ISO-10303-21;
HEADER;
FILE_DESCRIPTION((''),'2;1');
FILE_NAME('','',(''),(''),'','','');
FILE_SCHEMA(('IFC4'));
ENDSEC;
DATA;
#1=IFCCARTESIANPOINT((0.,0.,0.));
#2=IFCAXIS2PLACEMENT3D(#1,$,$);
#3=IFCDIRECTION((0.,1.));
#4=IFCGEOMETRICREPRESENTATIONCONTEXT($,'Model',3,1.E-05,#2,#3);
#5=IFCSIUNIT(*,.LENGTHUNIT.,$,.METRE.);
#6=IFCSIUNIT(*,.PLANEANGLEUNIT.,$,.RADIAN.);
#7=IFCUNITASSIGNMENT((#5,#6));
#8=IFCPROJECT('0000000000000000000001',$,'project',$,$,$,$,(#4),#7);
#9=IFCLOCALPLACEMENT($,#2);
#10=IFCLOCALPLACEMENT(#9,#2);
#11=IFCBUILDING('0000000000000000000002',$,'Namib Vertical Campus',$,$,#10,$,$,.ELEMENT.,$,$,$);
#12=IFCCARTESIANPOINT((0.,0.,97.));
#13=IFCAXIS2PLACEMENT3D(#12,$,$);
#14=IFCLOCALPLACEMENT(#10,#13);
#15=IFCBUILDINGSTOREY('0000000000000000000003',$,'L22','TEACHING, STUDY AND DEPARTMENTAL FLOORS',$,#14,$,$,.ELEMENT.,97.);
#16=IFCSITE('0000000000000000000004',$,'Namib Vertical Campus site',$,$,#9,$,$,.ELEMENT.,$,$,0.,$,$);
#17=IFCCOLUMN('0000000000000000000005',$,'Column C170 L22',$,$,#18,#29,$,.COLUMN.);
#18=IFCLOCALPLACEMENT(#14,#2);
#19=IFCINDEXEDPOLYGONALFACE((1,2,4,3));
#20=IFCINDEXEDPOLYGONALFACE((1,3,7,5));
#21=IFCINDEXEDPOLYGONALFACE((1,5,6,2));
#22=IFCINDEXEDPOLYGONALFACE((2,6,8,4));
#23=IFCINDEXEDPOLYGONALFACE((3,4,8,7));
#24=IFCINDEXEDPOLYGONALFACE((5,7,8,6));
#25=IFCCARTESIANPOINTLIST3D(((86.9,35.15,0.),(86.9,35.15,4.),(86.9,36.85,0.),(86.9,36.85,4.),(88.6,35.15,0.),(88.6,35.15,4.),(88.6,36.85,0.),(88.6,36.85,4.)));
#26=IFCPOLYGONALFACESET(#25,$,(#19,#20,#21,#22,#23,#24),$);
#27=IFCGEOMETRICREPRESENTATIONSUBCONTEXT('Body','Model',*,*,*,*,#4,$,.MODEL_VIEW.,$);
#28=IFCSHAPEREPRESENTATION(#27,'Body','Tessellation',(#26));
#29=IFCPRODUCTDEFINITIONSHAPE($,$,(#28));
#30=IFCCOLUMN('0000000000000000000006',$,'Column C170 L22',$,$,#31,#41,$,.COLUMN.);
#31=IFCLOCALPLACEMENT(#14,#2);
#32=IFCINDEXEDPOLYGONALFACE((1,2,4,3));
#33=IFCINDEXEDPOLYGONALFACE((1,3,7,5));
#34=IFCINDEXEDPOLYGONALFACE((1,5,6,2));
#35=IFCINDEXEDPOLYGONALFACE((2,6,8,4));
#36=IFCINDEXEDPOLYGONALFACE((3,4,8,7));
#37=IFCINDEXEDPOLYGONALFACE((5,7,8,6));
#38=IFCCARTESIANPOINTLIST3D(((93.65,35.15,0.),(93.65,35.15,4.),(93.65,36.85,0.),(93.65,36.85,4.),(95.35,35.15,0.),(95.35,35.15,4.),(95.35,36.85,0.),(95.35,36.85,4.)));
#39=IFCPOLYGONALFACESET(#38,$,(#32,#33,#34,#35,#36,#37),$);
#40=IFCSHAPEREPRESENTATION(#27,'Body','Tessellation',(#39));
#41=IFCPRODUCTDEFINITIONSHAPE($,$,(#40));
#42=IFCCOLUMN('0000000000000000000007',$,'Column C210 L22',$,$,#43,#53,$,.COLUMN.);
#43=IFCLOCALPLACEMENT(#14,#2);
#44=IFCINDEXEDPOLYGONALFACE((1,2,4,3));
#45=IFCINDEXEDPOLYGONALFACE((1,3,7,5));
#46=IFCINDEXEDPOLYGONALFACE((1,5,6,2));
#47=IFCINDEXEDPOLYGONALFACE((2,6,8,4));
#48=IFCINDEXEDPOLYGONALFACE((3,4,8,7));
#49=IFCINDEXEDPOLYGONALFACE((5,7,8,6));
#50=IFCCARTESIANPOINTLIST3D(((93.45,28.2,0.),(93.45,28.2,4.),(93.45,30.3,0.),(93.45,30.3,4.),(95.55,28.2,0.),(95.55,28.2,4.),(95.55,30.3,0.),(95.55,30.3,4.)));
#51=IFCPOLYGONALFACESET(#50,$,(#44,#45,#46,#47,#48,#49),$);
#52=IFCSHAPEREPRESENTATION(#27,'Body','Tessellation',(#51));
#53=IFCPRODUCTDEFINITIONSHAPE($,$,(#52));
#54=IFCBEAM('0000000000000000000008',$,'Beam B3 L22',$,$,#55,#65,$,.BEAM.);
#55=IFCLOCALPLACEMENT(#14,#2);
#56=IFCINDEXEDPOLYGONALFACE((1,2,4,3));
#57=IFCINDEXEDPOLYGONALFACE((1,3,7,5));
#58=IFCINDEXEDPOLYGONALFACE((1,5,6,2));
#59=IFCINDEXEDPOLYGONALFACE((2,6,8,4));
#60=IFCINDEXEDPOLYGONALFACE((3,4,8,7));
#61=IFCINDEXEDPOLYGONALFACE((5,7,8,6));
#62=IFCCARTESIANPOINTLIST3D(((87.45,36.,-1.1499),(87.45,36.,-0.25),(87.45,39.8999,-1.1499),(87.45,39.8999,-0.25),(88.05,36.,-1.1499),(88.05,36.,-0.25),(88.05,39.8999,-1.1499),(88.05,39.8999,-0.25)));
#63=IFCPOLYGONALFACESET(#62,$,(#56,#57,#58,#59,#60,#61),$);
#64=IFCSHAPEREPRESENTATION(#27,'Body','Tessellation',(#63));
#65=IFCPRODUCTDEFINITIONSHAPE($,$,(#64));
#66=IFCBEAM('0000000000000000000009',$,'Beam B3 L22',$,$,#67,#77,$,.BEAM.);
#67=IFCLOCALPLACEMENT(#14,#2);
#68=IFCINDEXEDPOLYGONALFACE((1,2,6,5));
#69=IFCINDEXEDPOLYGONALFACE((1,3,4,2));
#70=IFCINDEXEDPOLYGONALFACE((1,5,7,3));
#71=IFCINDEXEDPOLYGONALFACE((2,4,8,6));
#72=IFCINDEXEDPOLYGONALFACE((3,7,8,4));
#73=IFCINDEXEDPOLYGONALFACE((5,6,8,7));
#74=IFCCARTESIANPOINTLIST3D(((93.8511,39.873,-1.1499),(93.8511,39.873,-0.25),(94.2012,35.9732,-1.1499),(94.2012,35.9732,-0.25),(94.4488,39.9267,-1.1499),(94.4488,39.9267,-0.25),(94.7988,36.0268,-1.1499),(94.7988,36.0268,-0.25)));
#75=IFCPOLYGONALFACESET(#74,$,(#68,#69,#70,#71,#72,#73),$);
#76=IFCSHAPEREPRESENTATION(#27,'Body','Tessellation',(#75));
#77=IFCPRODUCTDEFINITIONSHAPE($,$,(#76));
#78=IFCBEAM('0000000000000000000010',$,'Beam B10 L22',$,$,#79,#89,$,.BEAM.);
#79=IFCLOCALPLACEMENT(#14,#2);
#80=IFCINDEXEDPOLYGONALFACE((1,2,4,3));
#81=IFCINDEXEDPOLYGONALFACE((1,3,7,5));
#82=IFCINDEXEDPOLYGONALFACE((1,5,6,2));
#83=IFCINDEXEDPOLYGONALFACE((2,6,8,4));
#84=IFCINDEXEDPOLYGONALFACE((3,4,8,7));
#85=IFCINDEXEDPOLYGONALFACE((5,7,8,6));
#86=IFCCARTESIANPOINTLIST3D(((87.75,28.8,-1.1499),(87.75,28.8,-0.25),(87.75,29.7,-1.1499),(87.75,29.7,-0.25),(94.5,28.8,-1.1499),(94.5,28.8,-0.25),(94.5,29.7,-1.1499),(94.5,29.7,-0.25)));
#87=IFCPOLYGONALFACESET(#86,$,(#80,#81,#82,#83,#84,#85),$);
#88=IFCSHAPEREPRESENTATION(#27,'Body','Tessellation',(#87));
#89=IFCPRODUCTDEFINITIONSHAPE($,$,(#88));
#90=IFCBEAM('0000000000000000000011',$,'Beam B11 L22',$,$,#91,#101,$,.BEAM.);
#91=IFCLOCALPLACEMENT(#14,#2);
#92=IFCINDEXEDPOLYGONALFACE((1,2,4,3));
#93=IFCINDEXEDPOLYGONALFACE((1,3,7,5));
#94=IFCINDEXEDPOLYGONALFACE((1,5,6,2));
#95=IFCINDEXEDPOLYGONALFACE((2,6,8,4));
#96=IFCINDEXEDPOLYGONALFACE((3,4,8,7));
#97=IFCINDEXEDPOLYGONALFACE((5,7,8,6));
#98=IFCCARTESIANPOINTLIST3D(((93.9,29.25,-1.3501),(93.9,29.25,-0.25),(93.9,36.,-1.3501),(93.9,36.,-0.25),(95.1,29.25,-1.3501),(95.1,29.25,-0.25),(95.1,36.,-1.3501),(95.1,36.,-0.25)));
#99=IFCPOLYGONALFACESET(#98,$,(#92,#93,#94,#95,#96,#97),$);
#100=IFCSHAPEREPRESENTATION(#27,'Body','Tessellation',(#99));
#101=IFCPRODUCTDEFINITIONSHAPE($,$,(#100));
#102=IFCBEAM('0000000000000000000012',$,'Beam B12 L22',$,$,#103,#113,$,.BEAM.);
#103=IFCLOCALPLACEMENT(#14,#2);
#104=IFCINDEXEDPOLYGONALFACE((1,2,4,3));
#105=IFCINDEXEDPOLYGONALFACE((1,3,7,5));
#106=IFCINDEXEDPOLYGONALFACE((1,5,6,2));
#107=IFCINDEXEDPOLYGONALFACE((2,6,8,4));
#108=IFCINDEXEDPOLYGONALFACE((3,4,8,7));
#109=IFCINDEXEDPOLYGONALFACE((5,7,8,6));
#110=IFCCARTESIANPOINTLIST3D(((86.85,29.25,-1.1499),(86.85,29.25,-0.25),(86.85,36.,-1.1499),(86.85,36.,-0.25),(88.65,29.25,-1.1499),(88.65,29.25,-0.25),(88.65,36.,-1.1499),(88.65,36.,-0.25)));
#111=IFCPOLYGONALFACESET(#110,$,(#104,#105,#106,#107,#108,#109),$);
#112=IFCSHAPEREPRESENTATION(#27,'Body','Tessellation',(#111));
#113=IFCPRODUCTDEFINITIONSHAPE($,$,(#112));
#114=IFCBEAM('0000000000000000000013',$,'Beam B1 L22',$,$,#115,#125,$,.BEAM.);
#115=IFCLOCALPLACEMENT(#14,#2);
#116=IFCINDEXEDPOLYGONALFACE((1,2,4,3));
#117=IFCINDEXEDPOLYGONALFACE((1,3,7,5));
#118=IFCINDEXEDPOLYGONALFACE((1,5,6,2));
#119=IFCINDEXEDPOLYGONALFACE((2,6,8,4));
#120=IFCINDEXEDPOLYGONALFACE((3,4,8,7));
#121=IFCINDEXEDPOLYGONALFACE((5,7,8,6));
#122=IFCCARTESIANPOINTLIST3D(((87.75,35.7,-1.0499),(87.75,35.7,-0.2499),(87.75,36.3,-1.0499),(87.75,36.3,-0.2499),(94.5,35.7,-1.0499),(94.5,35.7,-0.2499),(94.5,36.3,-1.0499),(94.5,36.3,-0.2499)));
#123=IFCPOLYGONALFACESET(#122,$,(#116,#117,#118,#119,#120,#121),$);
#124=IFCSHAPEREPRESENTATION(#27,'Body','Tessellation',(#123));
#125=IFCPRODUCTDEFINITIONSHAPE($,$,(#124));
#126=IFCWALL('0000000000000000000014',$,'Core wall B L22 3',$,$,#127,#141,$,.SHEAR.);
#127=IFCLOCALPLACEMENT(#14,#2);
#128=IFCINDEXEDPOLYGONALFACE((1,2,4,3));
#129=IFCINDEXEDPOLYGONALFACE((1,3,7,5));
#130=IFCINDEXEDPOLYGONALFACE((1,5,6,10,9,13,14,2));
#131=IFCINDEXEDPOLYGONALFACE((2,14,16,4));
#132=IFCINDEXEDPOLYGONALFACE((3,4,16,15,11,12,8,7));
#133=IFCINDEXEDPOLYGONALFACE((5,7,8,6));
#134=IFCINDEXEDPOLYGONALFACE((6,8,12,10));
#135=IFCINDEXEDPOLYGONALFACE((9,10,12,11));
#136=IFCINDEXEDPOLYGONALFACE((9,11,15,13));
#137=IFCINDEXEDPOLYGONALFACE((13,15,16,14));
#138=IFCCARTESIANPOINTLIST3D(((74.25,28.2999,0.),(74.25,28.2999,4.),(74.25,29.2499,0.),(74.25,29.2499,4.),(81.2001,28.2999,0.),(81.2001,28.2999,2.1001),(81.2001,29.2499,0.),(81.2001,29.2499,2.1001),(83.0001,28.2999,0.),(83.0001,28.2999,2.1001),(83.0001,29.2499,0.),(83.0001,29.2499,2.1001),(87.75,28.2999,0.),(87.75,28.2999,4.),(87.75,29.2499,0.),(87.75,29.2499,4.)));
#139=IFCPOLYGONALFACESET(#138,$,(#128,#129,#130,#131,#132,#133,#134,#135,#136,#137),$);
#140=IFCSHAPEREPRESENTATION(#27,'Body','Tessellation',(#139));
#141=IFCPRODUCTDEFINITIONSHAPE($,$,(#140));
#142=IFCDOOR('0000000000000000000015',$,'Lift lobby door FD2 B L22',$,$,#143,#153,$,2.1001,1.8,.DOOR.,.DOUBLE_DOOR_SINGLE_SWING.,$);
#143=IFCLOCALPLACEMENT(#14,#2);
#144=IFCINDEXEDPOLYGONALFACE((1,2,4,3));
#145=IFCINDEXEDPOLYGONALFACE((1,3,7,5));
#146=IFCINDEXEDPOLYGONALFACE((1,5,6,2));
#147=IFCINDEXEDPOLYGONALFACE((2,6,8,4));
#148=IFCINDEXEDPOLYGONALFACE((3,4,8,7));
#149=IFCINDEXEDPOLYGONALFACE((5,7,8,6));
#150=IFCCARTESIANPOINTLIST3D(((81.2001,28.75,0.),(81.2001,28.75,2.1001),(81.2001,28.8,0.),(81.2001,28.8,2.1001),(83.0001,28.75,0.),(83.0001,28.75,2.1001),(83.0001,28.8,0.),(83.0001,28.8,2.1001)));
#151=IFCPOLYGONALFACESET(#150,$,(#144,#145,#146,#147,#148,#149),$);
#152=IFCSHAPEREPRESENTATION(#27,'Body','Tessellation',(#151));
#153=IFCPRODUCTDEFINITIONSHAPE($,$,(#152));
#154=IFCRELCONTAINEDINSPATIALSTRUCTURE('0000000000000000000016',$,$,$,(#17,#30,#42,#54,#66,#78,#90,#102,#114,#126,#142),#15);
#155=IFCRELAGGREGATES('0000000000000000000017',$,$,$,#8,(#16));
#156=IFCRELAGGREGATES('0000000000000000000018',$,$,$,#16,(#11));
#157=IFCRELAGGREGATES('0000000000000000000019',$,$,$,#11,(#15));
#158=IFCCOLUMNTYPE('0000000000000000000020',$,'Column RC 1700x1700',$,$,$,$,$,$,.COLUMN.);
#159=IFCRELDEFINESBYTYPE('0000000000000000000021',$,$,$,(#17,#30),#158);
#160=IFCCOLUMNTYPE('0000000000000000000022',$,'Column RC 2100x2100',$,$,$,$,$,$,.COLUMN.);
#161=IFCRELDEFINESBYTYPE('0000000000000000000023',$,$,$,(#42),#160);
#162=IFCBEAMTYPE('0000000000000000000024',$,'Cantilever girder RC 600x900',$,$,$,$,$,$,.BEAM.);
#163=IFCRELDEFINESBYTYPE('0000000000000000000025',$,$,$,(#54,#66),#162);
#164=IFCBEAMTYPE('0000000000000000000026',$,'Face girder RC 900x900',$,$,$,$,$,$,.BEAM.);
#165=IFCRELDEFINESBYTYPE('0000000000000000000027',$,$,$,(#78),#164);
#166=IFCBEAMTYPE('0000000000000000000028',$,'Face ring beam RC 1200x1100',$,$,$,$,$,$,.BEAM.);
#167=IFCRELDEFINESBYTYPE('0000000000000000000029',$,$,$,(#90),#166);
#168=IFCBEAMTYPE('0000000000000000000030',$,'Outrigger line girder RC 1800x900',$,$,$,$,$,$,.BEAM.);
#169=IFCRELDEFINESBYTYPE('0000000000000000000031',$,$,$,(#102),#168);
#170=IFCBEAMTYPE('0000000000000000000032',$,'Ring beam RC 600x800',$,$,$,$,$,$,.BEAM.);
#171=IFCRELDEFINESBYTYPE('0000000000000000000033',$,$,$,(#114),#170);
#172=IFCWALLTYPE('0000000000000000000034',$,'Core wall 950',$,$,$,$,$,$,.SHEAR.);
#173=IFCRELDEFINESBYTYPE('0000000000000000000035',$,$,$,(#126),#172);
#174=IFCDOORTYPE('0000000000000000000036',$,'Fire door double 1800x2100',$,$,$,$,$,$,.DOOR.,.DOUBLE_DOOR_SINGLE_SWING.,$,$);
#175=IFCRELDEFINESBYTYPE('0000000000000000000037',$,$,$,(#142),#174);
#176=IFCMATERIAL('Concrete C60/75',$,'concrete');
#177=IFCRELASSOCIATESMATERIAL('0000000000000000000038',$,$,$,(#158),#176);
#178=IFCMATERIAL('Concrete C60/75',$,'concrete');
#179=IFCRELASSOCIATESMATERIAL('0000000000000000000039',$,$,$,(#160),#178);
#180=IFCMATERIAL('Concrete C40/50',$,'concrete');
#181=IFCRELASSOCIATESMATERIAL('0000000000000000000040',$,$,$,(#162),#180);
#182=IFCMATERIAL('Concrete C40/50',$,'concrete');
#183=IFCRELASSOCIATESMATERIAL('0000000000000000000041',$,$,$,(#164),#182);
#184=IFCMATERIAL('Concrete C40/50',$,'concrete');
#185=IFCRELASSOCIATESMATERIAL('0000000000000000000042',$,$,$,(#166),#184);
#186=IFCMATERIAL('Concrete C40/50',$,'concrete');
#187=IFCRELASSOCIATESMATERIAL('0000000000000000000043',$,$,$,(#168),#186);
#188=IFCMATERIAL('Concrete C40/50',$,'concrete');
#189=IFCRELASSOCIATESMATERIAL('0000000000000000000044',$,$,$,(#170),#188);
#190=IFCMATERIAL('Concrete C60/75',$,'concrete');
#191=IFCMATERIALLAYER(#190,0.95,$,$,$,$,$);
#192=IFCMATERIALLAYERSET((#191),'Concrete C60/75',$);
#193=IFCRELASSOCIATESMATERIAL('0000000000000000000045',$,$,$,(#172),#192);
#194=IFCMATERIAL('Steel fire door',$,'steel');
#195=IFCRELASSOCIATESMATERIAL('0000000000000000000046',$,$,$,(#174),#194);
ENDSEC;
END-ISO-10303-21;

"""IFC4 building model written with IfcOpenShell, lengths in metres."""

from ifc_helpers import new_model, si_unit, direction, frame, frame_2d, origin, origin_2d, place, context, subcontext, project, spatial, rectangle, extrude, material, layer, layer_set, material_profile, profile_set, type_object, element, fill, save


model = new_model("IFC4")

# Units and contexts
model_context = context("Model", 3, precision=1e-05, world=origin(), true_north=direction((0.0, 1.0)))
body_context = subcontext(model_context, "Body", "Model", "MODEL_VIEW")
ifc_project = project(units=[si_unit("LENGTHUNIT", "METRE"), si_unit("PLANEANGLEUNIT", "RADIAN")], contexts=[model_context])

# Site, building, storey
site_placement = place(None, origin())
site = spatial("IfcSite", under=ifc_project, at=site_placement, Name="Namib Vertical Campus site", CompositionType="ELEMENT", RefElevation=0.0)
building_placement = place(site_placement, origin())
building = spatial("IfcBuilding", under=site, at=building_placement, Name="Namib Vertical Campus", CompositionType="ELEMENT")
storey_placement = place(building_placement, frame((0.0, 0.0, 97.0)))
storey = spatial("IfcBuildingStorey", under=building, at=storey_placement, Name="L22", Description="TEACHING, STUDY AND DEPARTMENTAL FLOORS", CompositionType="ELEMENT", Elevation=97.0)

# Columns
ifc_material_1 = material(Name="Concrete C60/75", Category="concrete")
ifc_material_profile_1 = material_profile(ifc_material_1, rectangle(XDim=1.7, YDim=1.7, at=origin_2d()))
ifc_profile_set_1 = profile_set([ifc_material_profile_1], Name="Concrete C60/75")
column_type_1 = type_object("IfcColumnType", Name="Column RC 1700x1700", PredefinedType="COLUMN", material=ifc_profile_set_1)
for number, where, z_axis, x_axis, name in (
    (1, (87.75, 36.0, 0.0), (0.0, 0.0, 1.0), (1.0, 0.0, 0.0), "Column C170 L22"),
    (2, (94.5, 36.0, 0.0), (0.0, 0.0, 1.0), (1.0, 0.0, 0.0), "Column C170 L22"),
):
    element("IfcColumn", number, at=place(storey_placement, frame(where, z_axis=z_axis, x_axis=x_axis)), inside=storey, type_object=column_type_1, Name=name, PredefinedType="COLUMN", context=body_context, shape_type="SweptSolid", body=[
        extrude(rectangle(XDim=1.7, YDim=1.7, at=origin_2d()), origin(), (0.0, 0.0, 1.0), 4.0),
    ])
ifc_material_2 = material(Name="Concrete C60/75", Category="concrete")
ifc_material_profile_2 = material_profile(ifc_material_2, rectangle(XDim=2.1001, YDim=2.1001, at=origin_2d()))
ifc_profile_set_2 = profile_set([ifc_material_profile_2], Name="Concrete C60/75")
column_type_2 = type_object("IfcColumnType", Name="Column RC 2100x2100", PredefinedType="COLUMN", material=ifc_profile_set_2)
column_placement = place(storey_placement, frame((94.5, 29.25, 0.0), z_axis=(0.0, 0.0, 1.0), x_axis=(1.0, 0.0, 0.0)))
element("IfcColumn", 3, at=column_placement, inside=storey, type_object=column_type_2, Name="Column C210 L22", PredefinedType="COLUMN", context=body_context, shape_type="SweptSolid", body=[
    extrude(rectangle(XDim=2.1001, YDim=2.1001, at=origin_2d()), origin(), (0.0, 0.0, 1.0), 4.0),
])

# Beams
ifc_material_3 = material(Name="Concrete C40/50", Category="concrete")
ifc_material_profile_3 = material_profile(ifc_material_3, rectangle(XDim=0.6001, YDim=0.8999, at=origin_2d()))
ifc_profile_set_3 = profile_set([ifc_material_profile_3], Name="Concrete C40/50")
beam_type_1 = type_object("IfcBeamType", Name="Cantilever girder RC 600x900", PredefinedType="BEAM", material=ifc_profile_set_3)
beam_1_placement = place(storey_placement, frame((87.75, 36.0, -0.7), z_axis=(0.0, 1.0, 0.0), x_axis=(-1.0, 0.0, 0.0)))
element("IfcBeam", 4, at=beam_1_placement, inside=storey, type_object=beam_type_1, Name="Beam B3 L22", PredefinedType="BEAM", context=body_context, shape_type="SweptSolid", body=[
    extrude(rectangle(XDim=0.6001, YDim=0.8999, at=origin_2d()), origin(), (0.0, 0.0, 1.0), 3.8999),
])
beam_2_placement = place(storey_placement, frame((94.5, 36.0, -0.7), z_axis=(-0.089411, 0.995995, 0.0), x_axis=(-0.995995, -0.089411, 0.0)))
element("IfcBeam", 5, at=beam_2_placement, inside=storey, type_object=beam_type_1, Name="Beam B3 L22", PredefinedType="BEAM", context=body_context, shape_type="SweptSolid", body=[
    extrude(rectangle(XDim=0.6001, YDim=0.8999, at=origin_2d()), origin(), (0.0, 0.0, 1.0), 3.9155),
])
ifc_material_4 = material(Name="Concrete C40/50", Category="concrete")
ifc_material_profile_4 = material_profile(ifc_material_4, rectangle(XDim=0.8999, YDim=0.8999, at=origin_2d()))
ifc_profile_set_4 = profile_set([ifc_material_profile_4], Name="Concrete C40/50")
beam_type_2 = type_object("IfcBeamType", Name="Face girder RC 900x900", PredefinedType="BEAM", material=ifc_profile_set_4)
beam_3_placement = place(storey_placement, frame((94.5, 29.25, -0.7), z_axis=(-1.0, 0.0, 0.0), x_axis=(0.0, -1.0, 0.0)))
element("IfcBeam", 6, at=beam_3_placement, inside=storey, type_object=beam_type_2, Name="Beam B10 L22", PredefinedType="BEAM", context=body_context, shape_type="SweptSolid", body=[
    extrude(rectangle(XDim=0.8999, YDim=0.8999, at=origin_2d()), origin(), (0.0, 0.0, 1.0), 6.75),
])
ifc_material_5 = material(Name="Concrete C40/50", Category="concrete")
ifc_material_profile_5 = material_profile(ifc_material_5, rectangle(XDim=1.2, YDim=1.1001, at=origin_2d()))
ifc_profile_set_5 = profile_set([ifc_material_profile_5], Name="Concrete C40/50")
beam_type_3 = type_object("IfcBeamType", Name="Face ring beam RC 1200x1100", PredefinedType="BEAM", material=ifc_profile_set_5)
beam_4_placement = place(storey_placement, frame((94.5, 29.25, -0.8), z_axis=(0.0, 1.0, 0.0), x_axis=(-1.0, 0.0, 0.0)))
element("IfcBeam", 7, at=beam_4_placement, inside=storey, type_object=beam_type_3, Name="Beam B11 L22", PredefinedType="BEAM", context=body_context, shape_type="SweptSolid", body=[
    extrude(rectangle(XDim=1.2, YDim=1.1001, at=origin_2d()), origin(), (0.0, 0.0, 1.0), 6.75),
])
ifc_material_6 = material(Name="Concrete C40/50", Category="concrete")
ifc_material_profile_6 = material_profile(ifc_material_6, rectangle(XDim=1.8, YDim=0.8999, at=origin_2d()))
ifc_profile_set_6 = profile_set([ifc_material_profile_6], Name="Concrete C40/50")
beam_type_4 = type_object("IfcBeamType", Name="Outrigger line girder RC 1800x900", PredefinedType="BEAM", material=ifc_profile_set_6)
beam_5_placement = place(storey_placement, frame((87.75, 36.0, -0.7), z_axis=(0.0, -1.0, 0.0), x_axis=(1.0, 0.0, 0.0)))
element("IfcBeam", 8, at=beam_5_placement, inside=storey, type_object=beam_type_4, Name="Beam B12 L22", PredefinedType="BEAM", context=body_context, shape_type="SweptSolid", body=[
    extrude(rectangle(XDim=1.8, YDim=0.8999, at=origin_2d()), origin(), (0.0, 0.0, 1.0), 6.75),
])
ifc_material_7 = material(Name="Concrete C40/50", Category="concrete")
ifc_material_profile_7 = material_profile(ifc_material_7, rectangle(XDim=0.6001, YDim=0.8, at=origin_2d()))
ifc_profile_set_7 = profile_set([ifc_material_profile_7], Name="Concrete C40/50")
beam_type_5 = type_object("IfcBeamType", Name="Ring beam RC 600x800", PredefinedType="BEAM", material=ifc_profile_set_7)
beam_6_placement = place(storey_placement, frame((87.75, 36.0, -0.6499), z_axis=(1.0, 0.0, 0.0), x_axis=(0.0, 1.0, 0.0)))
element("IfcBeam", 9, at=beam_6_placement, inside=storey, type_object=beam_type_5, Name="Beam B1 L22", PredefinedType="BEAM", context=body_context, shape_type="SweptSolid", body=[
    extrude(rectangle(XDim=0.6001, YDim=0.8, at=origin_2d()), origin(), (0.0, 0.0, 1.0), 6.75),
])

# Wall, opening, door
ifc_material_8 = material(Name="Concrete C60/75", Category="concrete")
ifc_layer_1 = layer(ifc_material_8, 0.95)
ifc_layer_set_1 = layer_set([ifc_layer_1], Name="Concrete C60/75")
wall_type_1 = type_object("IfcWallType", Name="Core wall 950", PredefinedType="SHEAR", material=ifc_layer_set_1)
wall_1_placement = place(storey_placement, frame((87.75, 28.7749, 0.0), z_axis=(0.0, 0.0, 1.0), x_axis=(-1.0, 0.0, 0.0)))
wall_1 = element("IfcWall", 10, at=wall_1_placement, inside=storey, type_object=wall_type_1, Name="Core wall B L22 3", PredefinedType="SHEAR", context=body_context, shape_type="SweptSolid", body=[
    extrude(rectangle(XDim=13.5, YDim=0.95, at=frame_2d((6.75, 0.0))), origin(), (0.0, 0.0, 1.0), 4.0),
])
opening_1_placement = place(wall_1_placement, frame((4.75, 0.0, 0.0)))
opening_1 = element("IfcOpeningElement", 11, at=opening_1_placement, cuts=wall_1, PredefinedType="OPENING", context=body_context, shape_type="SweptSolid", body=[
    extrude(rectangle(XDim=1.8, YDim=2.1001, at=frame_2d((0.8999, 1.05))), frame((0.0, 0.4849, 0.0), z_axis=(0.0, -1.0, 0.0), x_axis=(1.0, 0.0, 0.0)), (0.0, 0.0, 1.0), 0.97),
])
ifc_material_9 = material(Name="Steel fire door", Category="steel")
door_type_1 = type_object("IfcDoorType", Name="Fire door double 1800x2100", OperationType="DOUBLE_DOOR_SINGLE_SWING", PredefinedType="DOOR", material=ifc_material_9)
door_1_placement = place(opening_1_placement, origin())
door_1 = element("IfcDoor", 12, at=door_1_placement, inside=storey, type_object=door_type_1, Name="Lift lobby door FD2 B L22", OperationType="DOUBLE_DOOR_SINGLE_SWING", OverallHeight=2.1001, OverallWidth=1.8, PredefinedType="DOOR", context=body_context, shape_type="SweptSolid", body=[
    extrude(rectangle(XDim=1.8, YDim=2.1001, at=frame_2d((0.8999, 1.05))), frame((0.0, 0.0249, 0.0), z_axis=(0.0, -1.0, 0.0), x_axis=(1.0, 0.0, 0.0)), (0.0, 0.0, 1.0), 0.05),
])
fill(opening_1, door_1)

save(model, "model.ifc")
